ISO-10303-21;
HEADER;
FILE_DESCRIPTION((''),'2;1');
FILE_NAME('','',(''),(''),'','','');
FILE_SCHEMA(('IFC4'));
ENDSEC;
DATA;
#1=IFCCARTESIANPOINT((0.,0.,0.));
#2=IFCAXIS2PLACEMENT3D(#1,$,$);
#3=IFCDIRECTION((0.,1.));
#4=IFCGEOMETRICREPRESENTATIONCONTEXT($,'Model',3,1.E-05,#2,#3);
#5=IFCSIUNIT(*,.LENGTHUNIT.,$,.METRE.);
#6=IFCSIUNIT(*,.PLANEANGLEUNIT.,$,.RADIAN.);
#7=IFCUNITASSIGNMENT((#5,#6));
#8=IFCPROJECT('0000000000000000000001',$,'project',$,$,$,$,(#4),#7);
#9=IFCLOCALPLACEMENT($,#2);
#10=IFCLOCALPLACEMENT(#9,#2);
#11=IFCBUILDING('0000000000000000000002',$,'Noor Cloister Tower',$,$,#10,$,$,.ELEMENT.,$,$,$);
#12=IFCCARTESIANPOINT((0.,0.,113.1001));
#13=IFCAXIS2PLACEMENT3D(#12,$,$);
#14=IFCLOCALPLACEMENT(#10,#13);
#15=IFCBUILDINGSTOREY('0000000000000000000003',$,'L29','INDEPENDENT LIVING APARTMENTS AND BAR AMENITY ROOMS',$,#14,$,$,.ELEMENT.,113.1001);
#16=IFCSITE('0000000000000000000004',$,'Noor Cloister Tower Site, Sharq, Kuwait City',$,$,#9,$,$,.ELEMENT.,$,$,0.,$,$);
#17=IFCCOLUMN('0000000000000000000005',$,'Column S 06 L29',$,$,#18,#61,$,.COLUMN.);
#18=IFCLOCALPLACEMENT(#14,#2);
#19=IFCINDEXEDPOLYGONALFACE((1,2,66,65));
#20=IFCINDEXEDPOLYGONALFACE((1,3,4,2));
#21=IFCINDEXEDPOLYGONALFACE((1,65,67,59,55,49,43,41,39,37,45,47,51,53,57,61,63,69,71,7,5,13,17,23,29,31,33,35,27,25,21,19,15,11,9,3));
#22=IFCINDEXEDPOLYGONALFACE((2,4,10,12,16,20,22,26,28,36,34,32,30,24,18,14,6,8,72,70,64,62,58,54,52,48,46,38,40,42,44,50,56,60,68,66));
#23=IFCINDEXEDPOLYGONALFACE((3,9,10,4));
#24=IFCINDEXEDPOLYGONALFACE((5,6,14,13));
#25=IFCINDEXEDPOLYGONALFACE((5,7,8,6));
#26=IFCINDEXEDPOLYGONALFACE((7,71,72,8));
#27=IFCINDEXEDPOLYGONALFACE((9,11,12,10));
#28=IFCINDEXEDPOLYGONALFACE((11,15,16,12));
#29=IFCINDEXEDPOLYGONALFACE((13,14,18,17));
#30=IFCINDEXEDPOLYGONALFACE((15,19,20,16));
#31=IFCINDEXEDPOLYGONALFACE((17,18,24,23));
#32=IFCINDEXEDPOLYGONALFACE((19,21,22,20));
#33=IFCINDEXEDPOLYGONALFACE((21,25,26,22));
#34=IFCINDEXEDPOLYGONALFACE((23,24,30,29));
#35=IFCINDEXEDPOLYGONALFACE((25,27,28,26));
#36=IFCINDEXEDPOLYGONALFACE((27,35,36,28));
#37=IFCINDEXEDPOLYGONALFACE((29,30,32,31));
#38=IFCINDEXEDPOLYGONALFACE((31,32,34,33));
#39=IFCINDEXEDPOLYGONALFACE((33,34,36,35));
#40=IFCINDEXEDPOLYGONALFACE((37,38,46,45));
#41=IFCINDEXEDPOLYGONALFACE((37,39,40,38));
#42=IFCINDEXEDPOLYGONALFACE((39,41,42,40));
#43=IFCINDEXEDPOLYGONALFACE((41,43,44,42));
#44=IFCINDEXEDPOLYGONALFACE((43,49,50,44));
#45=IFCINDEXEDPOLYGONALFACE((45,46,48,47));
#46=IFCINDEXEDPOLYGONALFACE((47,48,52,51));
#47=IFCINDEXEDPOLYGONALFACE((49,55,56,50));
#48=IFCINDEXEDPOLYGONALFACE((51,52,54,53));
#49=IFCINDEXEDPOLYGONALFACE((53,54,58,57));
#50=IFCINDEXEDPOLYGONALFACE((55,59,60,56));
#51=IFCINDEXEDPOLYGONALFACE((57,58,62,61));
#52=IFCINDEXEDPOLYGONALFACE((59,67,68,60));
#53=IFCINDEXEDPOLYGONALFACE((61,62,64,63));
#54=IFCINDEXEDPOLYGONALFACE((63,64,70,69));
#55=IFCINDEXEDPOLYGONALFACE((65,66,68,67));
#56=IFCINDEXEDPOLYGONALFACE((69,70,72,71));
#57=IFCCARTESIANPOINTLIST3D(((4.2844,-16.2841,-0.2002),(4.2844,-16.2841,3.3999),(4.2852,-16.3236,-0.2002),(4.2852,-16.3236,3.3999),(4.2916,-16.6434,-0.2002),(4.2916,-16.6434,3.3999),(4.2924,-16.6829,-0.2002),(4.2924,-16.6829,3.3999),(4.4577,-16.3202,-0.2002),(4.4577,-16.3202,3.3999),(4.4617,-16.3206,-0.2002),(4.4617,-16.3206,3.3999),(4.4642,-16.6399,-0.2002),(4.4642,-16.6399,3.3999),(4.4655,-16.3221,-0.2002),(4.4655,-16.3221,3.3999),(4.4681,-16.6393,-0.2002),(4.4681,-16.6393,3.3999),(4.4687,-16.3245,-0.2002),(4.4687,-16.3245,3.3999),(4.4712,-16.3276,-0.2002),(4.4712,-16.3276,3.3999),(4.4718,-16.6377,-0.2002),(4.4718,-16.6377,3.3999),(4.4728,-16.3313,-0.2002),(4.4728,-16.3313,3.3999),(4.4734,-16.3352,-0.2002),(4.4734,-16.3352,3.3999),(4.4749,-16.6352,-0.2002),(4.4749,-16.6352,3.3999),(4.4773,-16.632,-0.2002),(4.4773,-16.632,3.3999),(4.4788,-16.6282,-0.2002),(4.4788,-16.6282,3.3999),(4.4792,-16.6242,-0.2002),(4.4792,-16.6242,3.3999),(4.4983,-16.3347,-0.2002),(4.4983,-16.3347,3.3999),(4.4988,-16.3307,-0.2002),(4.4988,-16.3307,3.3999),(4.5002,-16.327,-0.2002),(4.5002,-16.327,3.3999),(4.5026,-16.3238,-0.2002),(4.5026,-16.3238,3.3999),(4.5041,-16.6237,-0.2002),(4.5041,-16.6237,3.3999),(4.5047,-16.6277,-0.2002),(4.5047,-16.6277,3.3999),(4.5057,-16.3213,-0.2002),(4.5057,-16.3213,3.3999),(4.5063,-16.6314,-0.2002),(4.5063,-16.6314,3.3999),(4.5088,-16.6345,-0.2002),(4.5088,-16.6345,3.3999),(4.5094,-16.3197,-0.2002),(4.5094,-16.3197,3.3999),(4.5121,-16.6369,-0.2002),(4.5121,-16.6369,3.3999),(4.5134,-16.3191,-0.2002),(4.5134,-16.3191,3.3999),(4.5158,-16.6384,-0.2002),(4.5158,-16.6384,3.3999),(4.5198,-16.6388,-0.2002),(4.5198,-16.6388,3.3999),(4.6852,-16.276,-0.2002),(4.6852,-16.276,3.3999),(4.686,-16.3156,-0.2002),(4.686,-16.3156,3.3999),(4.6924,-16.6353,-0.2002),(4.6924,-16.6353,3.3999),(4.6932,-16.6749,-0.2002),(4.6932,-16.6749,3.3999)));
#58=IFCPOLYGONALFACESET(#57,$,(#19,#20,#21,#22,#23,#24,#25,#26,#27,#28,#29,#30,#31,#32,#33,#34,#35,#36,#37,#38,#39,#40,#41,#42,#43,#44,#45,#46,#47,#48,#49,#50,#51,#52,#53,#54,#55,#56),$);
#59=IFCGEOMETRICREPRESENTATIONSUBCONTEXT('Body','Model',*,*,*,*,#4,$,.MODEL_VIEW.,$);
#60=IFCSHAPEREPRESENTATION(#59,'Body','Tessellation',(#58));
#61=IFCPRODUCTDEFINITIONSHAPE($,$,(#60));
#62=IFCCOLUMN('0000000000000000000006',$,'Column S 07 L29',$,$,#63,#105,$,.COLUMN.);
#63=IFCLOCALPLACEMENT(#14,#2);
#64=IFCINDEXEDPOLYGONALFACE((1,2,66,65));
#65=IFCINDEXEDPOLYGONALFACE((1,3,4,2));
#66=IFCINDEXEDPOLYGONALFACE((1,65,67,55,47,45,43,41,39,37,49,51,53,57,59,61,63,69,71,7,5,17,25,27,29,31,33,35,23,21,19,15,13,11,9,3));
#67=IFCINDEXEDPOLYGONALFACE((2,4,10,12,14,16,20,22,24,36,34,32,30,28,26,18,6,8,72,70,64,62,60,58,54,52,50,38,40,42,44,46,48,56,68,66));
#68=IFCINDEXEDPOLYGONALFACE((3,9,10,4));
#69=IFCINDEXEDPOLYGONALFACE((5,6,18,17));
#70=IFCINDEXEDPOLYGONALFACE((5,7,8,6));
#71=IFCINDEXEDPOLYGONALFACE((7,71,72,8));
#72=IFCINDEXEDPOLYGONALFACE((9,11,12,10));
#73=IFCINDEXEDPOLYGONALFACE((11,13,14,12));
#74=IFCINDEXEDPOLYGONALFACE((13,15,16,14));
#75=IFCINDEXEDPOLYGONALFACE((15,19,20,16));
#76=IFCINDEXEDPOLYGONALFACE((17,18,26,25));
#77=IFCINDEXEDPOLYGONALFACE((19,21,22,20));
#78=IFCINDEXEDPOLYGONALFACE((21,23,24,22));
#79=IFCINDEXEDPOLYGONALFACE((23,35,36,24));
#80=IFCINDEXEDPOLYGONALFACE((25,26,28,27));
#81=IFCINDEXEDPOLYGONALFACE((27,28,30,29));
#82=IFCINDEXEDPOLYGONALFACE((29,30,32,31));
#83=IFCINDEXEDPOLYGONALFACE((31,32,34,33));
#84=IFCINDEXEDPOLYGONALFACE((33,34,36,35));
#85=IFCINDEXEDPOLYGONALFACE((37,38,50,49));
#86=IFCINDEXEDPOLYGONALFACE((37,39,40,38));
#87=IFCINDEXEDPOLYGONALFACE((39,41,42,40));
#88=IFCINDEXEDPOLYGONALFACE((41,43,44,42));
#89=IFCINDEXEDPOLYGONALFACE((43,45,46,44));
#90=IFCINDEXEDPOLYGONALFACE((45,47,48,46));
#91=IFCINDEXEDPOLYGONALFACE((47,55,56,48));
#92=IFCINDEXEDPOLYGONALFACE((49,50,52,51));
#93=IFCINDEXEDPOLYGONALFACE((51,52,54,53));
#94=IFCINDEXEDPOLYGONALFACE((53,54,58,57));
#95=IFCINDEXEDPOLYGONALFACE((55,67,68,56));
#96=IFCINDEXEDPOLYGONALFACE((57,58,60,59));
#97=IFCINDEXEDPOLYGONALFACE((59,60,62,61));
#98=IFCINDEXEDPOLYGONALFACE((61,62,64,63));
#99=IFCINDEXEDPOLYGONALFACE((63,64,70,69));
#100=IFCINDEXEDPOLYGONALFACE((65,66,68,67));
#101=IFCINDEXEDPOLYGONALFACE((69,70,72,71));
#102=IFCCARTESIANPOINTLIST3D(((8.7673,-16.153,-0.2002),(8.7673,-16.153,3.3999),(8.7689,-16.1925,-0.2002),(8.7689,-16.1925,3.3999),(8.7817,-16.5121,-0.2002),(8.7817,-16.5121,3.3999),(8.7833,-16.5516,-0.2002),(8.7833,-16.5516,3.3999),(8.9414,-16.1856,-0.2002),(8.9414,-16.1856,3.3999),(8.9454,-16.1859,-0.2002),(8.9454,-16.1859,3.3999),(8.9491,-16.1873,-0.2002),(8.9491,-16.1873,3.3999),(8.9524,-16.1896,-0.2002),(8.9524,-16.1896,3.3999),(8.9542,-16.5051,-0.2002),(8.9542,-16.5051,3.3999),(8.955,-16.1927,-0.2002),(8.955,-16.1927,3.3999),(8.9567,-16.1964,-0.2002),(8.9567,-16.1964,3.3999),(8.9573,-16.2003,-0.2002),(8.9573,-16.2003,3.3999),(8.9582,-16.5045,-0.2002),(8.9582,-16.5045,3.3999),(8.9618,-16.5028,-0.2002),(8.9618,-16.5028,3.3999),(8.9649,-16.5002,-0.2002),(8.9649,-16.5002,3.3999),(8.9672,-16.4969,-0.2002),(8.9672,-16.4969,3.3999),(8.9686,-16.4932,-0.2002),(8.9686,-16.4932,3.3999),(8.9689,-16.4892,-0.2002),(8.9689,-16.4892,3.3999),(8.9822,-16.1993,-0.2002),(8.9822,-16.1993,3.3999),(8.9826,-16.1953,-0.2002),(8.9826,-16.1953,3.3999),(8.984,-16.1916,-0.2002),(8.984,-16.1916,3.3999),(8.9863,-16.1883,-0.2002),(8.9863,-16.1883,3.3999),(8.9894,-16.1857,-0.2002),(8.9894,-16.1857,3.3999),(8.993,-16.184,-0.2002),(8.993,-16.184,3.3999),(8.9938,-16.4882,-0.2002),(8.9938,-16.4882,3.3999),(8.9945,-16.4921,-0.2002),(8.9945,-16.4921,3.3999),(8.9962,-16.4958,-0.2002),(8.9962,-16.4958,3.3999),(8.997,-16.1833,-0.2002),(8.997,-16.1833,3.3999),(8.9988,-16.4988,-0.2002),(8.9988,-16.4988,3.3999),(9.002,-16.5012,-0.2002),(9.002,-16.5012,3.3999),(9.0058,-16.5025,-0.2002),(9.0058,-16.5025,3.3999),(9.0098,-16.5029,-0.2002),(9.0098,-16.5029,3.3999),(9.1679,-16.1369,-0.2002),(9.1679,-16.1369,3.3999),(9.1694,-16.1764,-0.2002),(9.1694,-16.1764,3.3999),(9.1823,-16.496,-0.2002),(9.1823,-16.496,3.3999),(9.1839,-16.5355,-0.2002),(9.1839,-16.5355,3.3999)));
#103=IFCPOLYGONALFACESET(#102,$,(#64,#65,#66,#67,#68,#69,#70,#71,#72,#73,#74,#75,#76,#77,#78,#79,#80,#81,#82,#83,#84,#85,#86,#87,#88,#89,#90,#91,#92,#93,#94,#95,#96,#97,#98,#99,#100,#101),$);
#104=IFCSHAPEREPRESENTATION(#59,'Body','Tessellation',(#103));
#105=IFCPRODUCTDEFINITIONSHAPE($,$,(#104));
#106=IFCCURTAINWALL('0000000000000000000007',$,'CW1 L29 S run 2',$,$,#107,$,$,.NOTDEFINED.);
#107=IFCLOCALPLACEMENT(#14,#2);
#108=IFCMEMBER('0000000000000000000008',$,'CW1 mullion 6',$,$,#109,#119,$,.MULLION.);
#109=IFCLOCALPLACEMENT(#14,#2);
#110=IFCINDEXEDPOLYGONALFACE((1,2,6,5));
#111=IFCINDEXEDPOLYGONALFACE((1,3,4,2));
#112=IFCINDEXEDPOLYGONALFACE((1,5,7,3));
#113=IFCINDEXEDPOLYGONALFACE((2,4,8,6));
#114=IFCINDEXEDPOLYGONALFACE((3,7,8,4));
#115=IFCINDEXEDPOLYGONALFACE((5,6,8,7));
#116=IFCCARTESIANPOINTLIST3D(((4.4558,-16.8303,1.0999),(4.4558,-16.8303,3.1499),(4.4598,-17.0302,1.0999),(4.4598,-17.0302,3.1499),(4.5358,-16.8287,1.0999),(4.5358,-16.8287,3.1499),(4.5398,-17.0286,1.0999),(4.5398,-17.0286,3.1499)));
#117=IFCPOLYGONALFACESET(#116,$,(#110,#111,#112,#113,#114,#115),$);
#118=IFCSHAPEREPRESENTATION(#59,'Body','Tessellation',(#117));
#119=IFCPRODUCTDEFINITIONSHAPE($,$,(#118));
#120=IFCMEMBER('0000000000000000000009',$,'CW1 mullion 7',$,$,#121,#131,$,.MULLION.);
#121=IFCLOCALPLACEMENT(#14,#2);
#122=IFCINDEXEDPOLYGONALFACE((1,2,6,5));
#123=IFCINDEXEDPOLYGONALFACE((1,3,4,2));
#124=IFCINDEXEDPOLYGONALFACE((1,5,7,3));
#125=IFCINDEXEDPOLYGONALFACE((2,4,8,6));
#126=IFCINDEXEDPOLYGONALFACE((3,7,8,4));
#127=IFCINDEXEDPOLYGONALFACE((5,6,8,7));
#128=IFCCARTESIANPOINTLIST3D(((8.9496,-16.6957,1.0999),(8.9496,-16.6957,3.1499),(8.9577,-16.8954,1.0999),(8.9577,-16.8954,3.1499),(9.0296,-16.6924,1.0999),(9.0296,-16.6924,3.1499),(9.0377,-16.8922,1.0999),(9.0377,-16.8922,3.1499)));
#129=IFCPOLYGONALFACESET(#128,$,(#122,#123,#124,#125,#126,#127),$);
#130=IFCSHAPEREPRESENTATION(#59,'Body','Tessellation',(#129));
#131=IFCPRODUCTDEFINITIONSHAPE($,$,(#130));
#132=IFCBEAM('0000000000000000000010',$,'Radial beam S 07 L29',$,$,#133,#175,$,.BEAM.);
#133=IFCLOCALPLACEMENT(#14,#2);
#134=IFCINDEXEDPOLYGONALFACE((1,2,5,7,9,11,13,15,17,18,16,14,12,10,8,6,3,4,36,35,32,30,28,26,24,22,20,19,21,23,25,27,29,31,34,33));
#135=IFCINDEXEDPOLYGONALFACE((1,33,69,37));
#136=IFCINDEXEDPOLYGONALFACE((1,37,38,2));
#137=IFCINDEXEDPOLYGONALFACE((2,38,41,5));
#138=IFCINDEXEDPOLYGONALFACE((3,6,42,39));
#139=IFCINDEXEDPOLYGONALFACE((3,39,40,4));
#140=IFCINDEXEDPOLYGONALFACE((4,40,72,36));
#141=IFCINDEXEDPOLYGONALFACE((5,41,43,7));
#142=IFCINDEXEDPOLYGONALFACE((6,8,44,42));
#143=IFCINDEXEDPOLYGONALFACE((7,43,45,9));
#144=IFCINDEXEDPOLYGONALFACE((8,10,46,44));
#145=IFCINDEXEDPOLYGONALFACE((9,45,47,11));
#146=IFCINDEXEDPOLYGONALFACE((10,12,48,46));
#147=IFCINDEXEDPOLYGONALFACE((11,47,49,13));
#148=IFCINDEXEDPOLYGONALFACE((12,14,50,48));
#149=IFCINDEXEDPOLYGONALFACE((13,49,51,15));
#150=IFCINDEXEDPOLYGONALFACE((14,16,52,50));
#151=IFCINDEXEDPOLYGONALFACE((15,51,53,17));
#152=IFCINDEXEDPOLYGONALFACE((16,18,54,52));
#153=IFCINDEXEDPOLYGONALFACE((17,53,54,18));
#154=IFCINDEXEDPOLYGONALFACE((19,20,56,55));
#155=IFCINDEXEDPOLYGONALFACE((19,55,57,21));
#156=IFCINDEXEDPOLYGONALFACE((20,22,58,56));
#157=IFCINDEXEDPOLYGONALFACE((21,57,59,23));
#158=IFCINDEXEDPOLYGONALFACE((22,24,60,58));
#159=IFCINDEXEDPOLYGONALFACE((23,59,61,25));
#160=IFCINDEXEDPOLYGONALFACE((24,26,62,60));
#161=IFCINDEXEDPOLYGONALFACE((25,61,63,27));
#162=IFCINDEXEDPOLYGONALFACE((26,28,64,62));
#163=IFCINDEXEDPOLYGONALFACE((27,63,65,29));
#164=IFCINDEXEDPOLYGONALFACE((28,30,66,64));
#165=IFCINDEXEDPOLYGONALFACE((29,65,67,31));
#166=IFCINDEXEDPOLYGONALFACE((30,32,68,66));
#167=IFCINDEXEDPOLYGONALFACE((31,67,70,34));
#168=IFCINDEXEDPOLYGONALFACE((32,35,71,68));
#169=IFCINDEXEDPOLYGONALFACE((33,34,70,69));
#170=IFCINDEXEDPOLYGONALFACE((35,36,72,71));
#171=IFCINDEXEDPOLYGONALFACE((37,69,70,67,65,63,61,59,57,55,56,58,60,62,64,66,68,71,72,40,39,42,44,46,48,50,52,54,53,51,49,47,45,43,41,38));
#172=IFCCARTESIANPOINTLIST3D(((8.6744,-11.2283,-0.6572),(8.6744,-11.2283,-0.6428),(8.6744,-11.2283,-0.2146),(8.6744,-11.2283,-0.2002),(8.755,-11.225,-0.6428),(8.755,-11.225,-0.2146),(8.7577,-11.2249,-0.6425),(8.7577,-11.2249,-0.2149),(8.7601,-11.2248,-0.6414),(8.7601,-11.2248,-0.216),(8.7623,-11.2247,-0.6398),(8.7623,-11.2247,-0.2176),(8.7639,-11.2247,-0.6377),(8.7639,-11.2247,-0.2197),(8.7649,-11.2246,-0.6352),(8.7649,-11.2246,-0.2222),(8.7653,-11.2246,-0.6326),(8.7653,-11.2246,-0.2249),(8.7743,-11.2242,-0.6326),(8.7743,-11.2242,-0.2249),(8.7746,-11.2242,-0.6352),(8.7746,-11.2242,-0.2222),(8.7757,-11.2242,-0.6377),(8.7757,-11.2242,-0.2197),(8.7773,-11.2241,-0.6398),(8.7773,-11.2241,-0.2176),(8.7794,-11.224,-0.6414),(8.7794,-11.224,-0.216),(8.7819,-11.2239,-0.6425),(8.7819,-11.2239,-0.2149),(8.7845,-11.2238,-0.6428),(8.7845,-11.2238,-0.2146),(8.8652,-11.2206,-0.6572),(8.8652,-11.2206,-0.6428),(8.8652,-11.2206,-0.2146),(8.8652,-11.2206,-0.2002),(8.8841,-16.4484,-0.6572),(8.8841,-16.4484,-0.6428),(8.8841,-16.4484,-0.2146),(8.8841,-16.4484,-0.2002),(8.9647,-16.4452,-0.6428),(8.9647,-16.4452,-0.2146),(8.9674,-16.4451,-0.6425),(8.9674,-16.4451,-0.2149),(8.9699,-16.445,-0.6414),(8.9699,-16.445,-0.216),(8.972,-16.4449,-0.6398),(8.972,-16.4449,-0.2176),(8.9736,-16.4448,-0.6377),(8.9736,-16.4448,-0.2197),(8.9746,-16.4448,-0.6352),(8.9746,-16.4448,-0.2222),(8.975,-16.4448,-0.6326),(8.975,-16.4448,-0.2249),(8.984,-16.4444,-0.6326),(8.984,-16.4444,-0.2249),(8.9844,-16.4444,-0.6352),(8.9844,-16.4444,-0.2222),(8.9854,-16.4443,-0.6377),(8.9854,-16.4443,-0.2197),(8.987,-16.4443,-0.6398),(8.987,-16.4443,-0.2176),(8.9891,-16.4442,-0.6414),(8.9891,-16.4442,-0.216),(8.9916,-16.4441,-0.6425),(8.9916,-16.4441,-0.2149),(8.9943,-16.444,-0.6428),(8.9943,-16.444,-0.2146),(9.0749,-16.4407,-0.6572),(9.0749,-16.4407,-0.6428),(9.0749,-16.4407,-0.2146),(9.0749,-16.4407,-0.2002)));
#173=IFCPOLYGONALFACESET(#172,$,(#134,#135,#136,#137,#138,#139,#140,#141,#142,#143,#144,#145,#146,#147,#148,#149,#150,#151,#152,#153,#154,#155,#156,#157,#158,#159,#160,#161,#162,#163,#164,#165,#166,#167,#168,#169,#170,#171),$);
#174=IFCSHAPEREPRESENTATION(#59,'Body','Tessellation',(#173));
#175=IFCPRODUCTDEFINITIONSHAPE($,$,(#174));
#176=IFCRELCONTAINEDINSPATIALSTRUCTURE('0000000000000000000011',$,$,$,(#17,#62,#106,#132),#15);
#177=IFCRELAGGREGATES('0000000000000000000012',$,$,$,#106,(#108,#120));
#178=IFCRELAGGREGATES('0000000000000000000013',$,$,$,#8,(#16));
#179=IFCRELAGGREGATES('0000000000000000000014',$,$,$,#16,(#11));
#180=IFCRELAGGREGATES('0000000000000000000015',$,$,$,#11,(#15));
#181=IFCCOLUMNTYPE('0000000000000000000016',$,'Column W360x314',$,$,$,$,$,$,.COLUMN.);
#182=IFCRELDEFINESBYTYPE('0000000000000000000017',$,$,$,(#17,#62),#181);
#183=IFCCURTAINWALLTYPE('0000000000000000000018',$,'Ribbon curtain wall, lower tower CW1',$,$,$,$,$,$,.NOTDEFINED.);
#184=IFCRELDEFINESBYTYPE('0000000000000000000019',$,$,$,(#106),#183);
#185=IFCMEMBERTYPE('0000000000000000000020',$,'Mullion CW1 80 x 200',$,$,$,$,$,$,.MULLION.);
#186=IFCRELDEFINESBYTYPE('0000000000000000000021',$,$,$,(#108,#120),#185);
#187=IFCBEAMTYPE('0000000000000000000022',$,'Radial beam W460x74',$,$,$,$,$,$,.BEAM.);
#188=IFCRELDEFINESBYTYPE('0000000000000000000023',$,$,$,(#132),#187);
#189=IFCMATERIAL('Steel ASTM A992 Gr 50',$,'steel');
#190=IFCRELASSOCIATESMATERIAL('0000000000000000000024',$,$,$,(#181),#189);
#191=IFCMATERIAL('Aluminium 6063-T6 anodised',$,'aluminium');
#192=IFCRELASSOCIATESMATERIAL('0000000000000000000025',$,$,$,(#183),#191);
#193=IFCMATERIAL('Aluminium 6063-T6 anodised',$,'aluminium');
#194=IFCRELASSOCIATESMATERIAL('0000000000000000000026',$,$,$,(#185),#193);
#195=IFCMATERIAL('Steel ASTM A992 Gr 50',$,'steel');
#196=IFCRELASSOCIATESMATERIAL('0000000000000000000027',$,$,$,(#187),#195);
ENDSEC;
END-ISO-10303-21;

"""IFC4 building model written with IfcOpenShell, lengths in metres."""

from ifc_helpers import new_model, si_unit, direction, frame, origin, origin_2d, place, context, subcontext, project, spatial, rectangle, i_section, extrude, material, material_profile, profile_set, type_object, element, aggregate, save


model = new_model("IFC4")

# Units and contexts
model_context = context("Model", 3, precision=1e-05, world=origin(), true_north=direction((0.0, 1.0)))
body_context = subcontext(model_context, "Body", "Model", "MODEL_VIEW")
ifc_project = project(units=[si_unit("LENGTHUNIT", "METRE"), si_unit("PLANEANGLEUNIT", "RADIAN")], contexts=[model_context])

# Site, building, storey
site_placement = place(None, origin())
site = spatial("IfcSite", under=ifc_project, at=site_placement, Name="Noor Cloister Tower Site, Sharq, Kuwait City", CompositionType="ELEMENT", RefElevation=0.0)
building_placement = place(site_placement, origin())
building = spatial("IfcBuilding", under=site, at=building_placement, Name="Noor Cloister Tower", CompositionType="ELEMENT")
storey_placement = place(building_placement, frame((0.0, 0.0, 113.1001)))
storey = spatial("IfcBuildingStorey", under=building, at=storey_placement, Name="L29", Description="INDEPENDENT LIVING APARTMENTS AND BAR AMENITY ROOMS", CompositionType="ELEMENT", Elevation=113.1001)

# Columns
ifc_material_1 = material(Name="Steel ASTM A992 Gr 50", Category="steel")
ifc_material_profile_1 = material_profile(ifc_material_1, i_section(OverallWidth=0.4009, OverallDepth=0.3989, WebThickness=0.0249, FlangeThickness=0.0396, FilletRadius=0.0154, at=origin_2d()), Name="W360x314")
ifc_profile_set_1 = profile_set([ifc_material_profile_1], Name="Steel ASTM A992 Gr 50")
column_type = type_object("IfcColumnType", Name="Column W360x314", PredefinedType="COLUMN", material=ifc_profile_set_1)
for number, where, z_axis, x_axis, name in (
    (1, (4.4888, -16.4795, -0.2002), (0.0, 0.0, 1.0), (0.999798, 0.020077, 0.0), "Column S 06 L29"),
    (2, (8.9756, -16.3442, -0.2002), (0.0, 0.0, 1.0), (0.999194, 0.040147, 0.0), "Column S 07 L29"),
):
    element("IfcColumn", number, at=place(storey_placement, frame(where, z_axis=z_axis, x_axis=x_axis)), inside=storey, type_object=column_type, Name=name, PredefinedType="COLUMN", context=body_context, shape_type="SweptSolid", body=[
        extrude(i_section(OverallWidth=0.4009, OverallDepth=0.3989, WebThickness=0.0249, FlangeThickness=0.0396, FilletRadius=0.0154, at=origin_2d()), origin(), (0.0, 0.0, 1.0), 3.6001),
    ])

# Curtain wall, members
ifc_material_2 = material(Name="Aluminium 6063-T6 anodised", Category="aluminium")
curtain_wall_type = type_object("IfcCurtainWallType", Name="Ribbon curtain wall, lower tower CW1", PredefinedType="NOTDEFINED", material=ifc_material_2)
curtain_wall_placement = place(storey_placement, origin())
curtain_wall = element("IfcCurtainWall", 3, at=curtain_wall_placement, inside=storey, type_object=curtain_wall_type, Name="CW1 L29 S run 2", PredefinedType="NOTDEFINED")
ifc_material_3 = material(Name="Aluminium 6063-T6 anodised", Category="aluminium")
ifc_material_profile_2 = material_profile(ifc_material_3, rectangle(XDim=0.2, YDim=0.0801, at=origin_2d()), Name="200 x 80 mullion")
ifc_profile_set_2 = profile_set([ifc_material_profile_2], Name="Aluminium 6063-T6 anodised")
member_type = type_object("IfcMemberType", Name="Mullion CW1 80 x 200", PredefinedType="MULLION", material=ifc_profile_set_2)
member_1_placement = place(storey_placement, frame((4.4978, -16.9294, 1.0999), z_axis=(0.0, 0.0, 1.0), x_axis=(-0.020077, 0.999798, 0.0)))
member_1 = element("IfcMember", 4, at=member_1_placement, type_object=member_type, Name="CW1 mullion 6", PredefinedType="MULLION", context=body_context, shape_type="SweptSolid", body=[
    extrude(rectangle(XDim=0.2, YDim=0.0801, at=origin_2d()), origin(), (0.0, 0.0, 1.0), 2.05),
])
member_2_placement = place(storey_placement, frame((8.9937, -16.7939, 1.0999), z_axis=(0.0, 0.0, 1.0), x_axis=(-0.040147, 0.999194, 0.0)))
member_2 = element("IfcMember", 5, at=member_2_placement, type_object=member_type, Name="CW1 mullion 7", PredefinedType="MULLION", context=body_context, shape_type="SweptSolid", body=[
    extrude(rectangle(XDim=0.2, YDim=0.0801, at=origin_2d()), origin(), (0.0, 0.0, 1.0), 2.05),
])

# Beam
ifc_material_4 = material(Name="Steel ASTM A992 Gr 50", Category="steel")
ifc_material_profile_3 = material_profile(ifc_material_4, i_section(OverallWidth=0.1909, OverallDepth=0.457, WebThickness=0.009, FlangeThickness=0.0144, FilletRadius=0.0103, at=origin_2d()), Name="W460x74")
ifc_profile_set_3 = profile_set([ifc_material_profile_3], Name="Steel ASTM A992 Gr 50")
beam_type_1 = type_object("IfcBeamType", Name="Radial beam W460x74", PredefinedType="BEAM", material=ifc_profile_set_3)
beam_1_placement = place(storey_placement, frame((8.9795, -16.4446, -0.4287), z_axis=(-0.040142, 0.999194, 0.0), x_axis=(-0.999194, -0.040142, 0.0)))
element("IfcBeam", 6, at=beam_1_placement, inside=storey, type_object=beam_type_1, Name="Radial beam S 07 L29", PredefinedType="BEAM", context=body_context, shape_type="SweptSolid", body=[
    extrude(i_section(OverallWidth=0.1909, OverallDepth=0.457, WebThickness=0.009, FlangeThickness=0.0144, FilletRadius=0.0103, at=origin_2d()), origin(), (0.0, 0.0, 1.0), 5.2244),
])

aggregate(curtain_wall, [member_1, member_2])

save(model, "model.ifc")
